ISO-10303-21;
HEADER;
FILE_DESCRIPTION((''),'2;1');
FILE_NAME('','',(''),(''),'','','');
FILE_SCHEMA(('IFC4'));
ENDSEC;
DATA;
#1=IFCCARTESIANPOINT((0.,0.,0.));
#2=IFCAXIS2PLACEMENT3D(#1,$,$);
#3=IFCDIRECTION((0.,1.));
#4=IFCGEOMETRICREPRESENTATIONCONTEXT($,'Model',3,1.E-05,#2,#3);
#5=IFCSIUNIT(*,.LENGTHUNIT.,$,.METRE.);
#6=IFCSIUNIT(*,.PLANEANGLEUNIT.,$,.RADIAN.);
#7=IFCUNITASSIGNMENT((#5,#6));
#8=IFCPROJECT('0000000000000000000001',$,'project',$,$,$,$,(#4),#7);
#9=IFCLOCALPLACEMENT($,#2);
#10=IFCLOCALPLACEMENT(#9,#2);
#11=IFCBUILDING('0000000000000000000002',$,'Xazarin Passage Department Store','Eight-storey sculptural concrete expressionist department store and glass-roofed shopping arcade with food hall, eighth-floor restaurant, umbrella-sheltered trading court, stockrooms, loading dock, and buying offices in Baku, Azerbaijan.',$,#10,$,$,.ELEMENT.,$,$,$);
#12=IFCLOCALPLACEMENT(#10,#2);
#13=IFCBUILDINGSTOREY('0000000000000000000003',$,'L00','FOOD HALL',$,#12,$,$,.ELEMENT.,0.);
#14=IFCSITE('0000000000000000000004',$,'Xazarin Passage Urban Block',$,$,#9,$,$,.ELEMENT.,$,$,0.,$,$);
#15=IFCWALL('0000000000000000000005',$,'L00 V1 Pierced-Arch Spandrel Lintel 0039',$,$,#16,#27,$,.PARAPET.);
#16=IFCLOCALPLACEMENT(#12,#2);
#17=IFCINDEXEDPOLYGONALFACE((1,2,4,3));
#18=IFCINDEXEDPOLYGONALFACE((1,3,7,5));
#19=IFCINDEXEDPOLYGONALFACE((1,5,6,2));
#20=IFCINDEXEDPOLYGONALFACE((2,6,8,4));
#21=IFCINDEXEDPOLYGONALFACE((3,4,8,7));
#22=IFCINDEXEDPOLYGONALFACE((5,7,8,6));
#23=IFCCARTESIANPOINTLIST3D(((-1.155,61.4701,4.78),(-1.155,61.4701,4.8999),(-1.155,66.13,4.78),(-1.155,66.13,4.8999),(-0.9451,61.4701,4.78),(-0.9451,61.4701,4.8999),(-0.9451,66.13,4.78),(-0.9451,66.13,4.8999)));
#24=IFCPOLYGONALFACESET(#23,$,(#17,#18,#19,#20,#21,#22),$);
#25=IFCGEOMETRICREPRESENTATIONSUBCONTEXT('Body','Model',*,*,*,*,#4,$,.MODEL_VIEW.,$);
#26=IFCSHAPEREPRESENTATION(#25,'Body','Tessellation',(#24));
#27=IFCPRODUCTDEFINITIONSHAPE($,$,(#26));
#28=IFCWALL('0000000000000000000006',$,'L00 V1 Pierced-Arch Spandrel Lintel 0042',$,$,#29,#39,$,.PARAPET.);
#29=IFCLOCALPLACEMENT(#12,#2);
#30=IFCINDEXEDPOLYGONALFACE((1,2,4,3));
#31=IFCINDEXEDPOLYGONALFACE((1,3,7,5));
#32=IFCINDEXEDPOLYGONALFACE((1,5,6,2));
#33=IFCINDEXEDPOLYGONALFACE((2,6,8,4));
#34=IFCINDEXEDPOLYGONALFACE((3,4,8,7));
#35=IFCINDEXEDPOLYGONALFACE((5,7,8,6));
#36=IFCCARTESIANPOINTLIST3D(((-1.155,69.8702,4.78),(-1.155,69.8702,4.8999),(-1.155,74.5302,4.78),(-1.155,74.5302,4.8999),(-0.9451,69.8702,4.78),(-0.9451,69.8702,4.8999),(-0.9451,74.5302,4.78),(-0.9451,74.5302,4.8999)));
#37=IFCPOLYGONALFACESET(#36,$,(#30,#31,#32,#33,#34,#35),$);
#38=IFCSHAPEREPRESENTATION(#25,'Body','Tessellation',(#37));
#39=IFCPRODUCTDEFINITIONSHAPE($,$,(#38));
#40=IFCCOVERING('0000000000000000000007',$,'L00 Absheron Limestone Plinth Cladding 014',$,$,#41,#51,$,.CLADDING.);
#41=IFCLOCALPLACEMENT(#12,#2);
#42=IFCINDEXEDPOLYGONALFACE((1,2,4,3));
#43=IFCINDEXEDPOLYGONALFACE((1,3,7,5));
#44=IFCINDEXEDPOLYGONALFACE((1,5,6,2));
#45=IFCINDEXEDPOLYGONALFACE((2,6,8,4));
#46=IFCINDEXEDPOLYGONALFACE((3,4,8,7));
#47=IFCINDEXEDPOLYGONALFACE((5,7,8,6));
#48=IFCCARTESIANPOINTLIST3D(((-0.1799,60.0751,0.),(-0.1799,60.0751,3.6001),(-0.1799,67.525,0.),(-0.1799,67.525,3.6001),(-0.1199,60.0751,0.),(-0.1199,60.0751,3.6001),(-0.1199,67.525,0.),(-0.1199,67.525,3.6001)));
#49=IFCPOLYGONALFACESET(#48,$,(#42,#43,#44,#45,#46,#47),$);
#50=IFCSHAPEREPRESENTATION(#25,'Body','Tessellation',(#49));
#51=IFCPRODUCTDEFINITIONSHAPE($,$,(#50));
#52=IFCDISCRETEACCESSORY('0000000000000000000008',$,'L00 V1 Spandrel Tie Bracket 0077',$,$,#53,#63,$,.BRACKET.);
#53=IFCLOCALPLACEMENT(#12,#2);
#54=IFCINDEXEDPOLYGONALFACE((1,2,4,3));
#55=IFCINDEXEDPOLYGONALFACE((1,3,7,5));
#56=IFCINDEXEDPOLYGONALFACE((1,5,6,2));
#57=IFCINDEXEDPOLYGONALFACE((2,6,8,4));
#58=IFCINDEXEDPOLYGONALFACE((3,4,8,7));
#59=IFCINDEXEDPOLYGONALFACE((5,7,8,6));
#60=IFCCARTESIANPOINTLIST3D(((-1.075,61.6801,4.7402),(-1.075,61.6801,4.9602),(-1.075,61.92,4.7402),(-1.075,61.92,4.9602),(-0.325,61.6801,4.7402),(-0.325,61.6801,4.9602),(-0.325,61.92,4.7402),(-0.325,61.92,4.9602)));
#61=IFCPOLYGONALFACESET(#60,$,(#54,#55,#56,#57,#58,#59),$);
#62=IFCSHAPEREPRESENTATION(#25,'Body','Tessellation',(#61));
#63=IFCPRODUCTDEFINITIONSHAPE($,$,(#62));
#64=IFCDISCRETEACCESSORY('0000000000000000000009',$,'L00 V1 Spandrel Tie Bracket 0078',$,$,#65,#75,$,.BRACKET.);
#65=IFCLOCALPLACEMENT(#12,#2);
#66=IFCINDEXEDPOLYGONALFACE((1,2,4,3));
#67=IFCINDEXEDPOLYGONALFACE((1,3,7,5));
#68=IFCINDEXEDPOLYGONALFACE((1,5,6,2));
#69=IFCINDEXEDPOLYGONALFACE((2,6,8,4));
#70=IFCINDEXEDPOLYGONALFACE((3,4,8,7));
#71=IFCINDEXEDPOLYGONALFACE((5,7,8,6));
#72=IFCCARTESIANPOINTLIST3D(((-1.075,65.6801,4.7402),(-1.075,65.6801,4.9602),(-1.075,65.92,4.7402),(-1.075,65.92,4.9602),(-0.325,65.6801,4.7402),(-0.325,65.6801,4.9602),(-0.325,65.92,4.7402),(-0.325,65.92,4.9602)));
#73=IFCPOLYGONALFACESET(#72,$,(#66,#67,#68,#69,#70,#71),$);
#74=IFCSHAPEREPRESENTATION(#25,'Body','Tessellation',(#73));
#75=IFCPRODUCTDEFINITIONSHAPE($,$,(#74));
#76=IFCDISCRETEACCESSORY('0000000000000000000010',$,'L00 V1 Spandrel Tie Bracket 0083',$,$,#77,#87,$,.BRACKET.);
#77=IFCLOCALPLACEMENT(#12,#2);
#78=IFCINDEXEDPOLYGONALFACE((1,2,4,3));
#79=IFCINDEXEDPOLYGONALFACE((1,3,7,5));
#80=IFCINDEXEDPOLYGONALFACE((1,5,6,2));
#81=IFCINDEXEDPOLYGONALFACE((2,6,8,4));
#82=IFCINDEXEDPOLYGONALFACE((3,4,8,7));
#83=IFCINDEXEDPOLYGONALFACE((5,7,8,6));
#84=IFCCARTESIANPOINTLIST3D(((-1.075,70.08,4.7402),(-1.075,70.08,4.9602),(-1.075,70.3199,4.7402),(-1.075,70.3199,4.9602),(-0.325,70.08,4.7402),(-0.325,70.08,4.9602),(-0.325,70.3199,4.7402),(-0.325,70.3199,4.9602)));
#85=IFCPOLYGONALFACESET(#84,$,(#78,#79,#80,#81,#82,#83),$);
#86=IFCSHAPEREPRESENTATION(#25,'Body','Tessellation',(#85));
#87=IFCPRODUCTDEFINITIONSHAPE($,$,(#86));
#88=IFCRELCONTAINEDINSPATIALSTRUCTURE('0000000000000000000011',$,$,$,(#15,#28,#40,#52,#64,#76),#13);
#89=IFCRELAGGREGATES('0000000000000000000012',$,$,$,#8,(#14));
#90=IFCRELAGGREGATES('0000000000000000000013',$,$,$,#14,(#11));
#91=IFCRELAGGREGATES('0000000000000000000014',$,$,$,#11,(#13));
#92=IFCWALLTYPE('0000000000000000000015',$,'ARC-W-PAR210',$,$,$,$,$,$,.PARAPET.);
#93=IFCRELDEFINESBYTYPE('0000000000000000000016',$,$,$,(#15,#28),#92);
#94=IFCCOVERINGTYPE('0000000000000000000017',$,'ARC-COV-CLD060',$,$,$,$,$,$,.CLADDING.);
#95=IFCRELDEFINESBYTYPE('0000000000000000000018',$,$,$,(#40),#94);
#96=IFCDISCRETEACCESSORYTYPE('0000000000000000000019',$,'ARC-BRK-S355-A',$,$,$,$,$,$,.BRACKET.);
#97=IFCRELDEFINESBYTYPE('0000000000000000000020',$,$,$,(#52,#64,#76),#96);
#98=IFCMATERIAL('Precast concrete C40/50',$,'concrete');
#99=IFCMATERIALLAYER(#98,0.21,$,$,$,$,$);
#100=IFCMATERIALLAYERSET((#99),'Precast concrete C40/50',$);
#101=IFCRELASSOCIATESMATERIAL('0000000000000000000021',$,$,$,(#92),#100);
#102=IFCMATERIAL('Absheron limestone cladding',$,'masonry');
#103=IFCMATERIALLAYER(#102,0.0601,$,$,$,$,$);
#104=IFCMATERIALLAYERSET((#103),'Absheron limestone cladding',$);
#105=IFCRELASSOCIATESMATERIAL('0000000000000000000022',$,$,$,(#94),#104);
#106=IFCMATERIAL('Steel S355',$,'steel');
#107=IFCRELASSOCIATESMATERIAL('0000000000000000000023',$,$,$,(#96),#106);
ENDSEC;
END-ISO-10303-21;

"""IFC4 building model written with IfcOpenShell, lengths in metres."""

from ifc_helpers import new_model, si_unit, direction, frame, frame_2d, origin, origin_2d, place, context, subcontext, project, spatial, rectangle, extrude, material, layer, layer_set, type_object, element, save


model = new_model("IFC4")

# Units and contexts
model_context = context("Model", 3, precision=1e-05, world=origin(), true_north=direction((0.0, 1.0)))
body_context = subcontext(model_context, "Body", "Model", "MODEL_VIEW")
ifc_project = project(units=[si_unit("LENGTHUNIT", "METRE"), si_unit("PLANEANGLEUNIT", "RADIAN")], contexts=[model_context])

# Site, building, storey
site_placement = place(None, origin())
site = spatial("IfcSite", under=ifc_project, at=site_placement, Name="Xazarin Passage Urban Block", CompositionType="ELEMENT", RefElevation=0.0)
building_placement = place(site_placement, origin())
building = spatial("IfcBuilding", under=site, at=building_placement, Name="Xazarin Passage Department Store", Description="Eight-storey sculptural concrete expressionist department store and glass-roofed shopping arcade with food hall, eighth-floor restaurant, umbrella-sheltered trading court, stockrooms, loading dock, and buying offices in Baku, Azerbaijan.", CompositionType="ELEMENT")
storey_placement = place(building_placement, origin())
storey = spatial("IfcBuildingStorey", under=building, at=storey_placement, Name="L00", Description="FOOD HALL", CompositionType="ELEMENT", Elevation=0.0)

# Shared definitions
ifc_material_1 = material(Name="Precast concrete C40/50", Category="concrete")

# Walls
ifc_layer_1 = layer(ifc_material_1, 0.21)
ifc_layer_set_1 = layer_set([ifc_layer_1], Name="Precast concrete C40/50")
wall_type = type_object("IfcWallType", Name="ARC-W-PAR210", PredefinedType="PARAPET", material=ifc_layer_set_1)
for number, where, z_axis, x_axis, name in (
    (1, (-1.05, 61.47, 4.78), (0.0, 0.0, 1.0), (0.0, 1.0, 0.0), "L00 V1 Pierced-Arch Spandrel Lintel 0039"),
    (2, (-1.05, 69.8701, 4.78), (0.0, 0.0, 1.0), (0.0, 1.0, 0.0), "L00 V1 Pierced-Arch Spandrel Lintel 0042"),
):
    element("IfcWall", number, at=place(storey_placement, frame(where, z_axis=z_axis, x_axis=x_axis)), inside=storey, type_object=wall_type, Name=name, PredefinedType="PARAPET", context=body_context, shape_type="SweptSolid", body=[
        extrude(rectangle(XDim=4.6599, YDim=0.21, at=frame_2d((2.3301, 0.0))), origin(), (0.0, 0.0, 1.0), 0.1199),
    ])

# Covering
ifc_material_2 = material(Name="Absheron limestone cladding", Category="masonry")
ifc_layer_2 = layer(ifc_material_2, 0.0601)
ifc_layer_set_2 = layer_set([ifc_layer_2], Name="Absheron limestone cladding")
covering_type = type_object("IfcCoveringType", Name="ARC-COV-CLD060", PredefinedType="CLADDING", material=ifc_layer_set_2)
covering_placement = place(storey_placement, frame((-0.1499, 63.8, 0.0), z_axis=(0.0, 0.0, 1.0), x_axis=(0.0, 1.0, 0.0)))
element("IfcCovering", 3, at=covering_placement, inside=storey, type_object=covering_type, Name="L00 Absheron Limestone Plinth Cladding 014", PredefinedType="CLADDING", context=body_context, shape_type="SweptSolid", body=[
    extrude(rectangle(XDim=7.45, YDim=0.0601, at=origin_2d()), origin(), (0.0, 0.0, 1.0), 3.6001),
])

# Discrete accessories
ifc_material_3 = material(Name="Steel S355", Category="steel")
discrete_accessory_type = type_object("IfcDiscreteAccessoryType", Name="ARC-BRK-S355-A", PredefinedType="BRACKET", material=ifc_material_3)
for number, where, z_axis, x_axis, name in (
    (4, (-0.7, 61.8, 4.7402), (0.0, 0.0, 1.0), (0.0, 1.0, 0.0), "L00 V1 Spandrel Tie Bracket 0077"),
    (5, (-0.7, 65.8, 4.7402), (0.0, 0.0, 1.0), (0.0, 1.0, 0.0), "L00 V1 Spandrel Tie Bracket 0078"),
    (6, (-0.7, 70.2, 4.7402), (0.0, 0.0, 1.0), (0.0, 1.0, 0.0), "L00 V1 Spandrel Tie Bracket 0083"),
):
    element("IfcDiscreteAccessory", number, at=place(storey_placement, frame(where, z_axis=z_axis, x_axis=x_axis)), inside=storey, type_object=discrete_accessory_type, Name=name, PredefinedType="BRACKET", context=body_context, shape_type="SweptSolid", body=[
        extrude(rectangle(XDim=0.24, YDim=0.75, at=origin_2d()), origin(), (0.0, 0.0, 1.0), 0.22),
    ])

save(model, "model.ifc")
